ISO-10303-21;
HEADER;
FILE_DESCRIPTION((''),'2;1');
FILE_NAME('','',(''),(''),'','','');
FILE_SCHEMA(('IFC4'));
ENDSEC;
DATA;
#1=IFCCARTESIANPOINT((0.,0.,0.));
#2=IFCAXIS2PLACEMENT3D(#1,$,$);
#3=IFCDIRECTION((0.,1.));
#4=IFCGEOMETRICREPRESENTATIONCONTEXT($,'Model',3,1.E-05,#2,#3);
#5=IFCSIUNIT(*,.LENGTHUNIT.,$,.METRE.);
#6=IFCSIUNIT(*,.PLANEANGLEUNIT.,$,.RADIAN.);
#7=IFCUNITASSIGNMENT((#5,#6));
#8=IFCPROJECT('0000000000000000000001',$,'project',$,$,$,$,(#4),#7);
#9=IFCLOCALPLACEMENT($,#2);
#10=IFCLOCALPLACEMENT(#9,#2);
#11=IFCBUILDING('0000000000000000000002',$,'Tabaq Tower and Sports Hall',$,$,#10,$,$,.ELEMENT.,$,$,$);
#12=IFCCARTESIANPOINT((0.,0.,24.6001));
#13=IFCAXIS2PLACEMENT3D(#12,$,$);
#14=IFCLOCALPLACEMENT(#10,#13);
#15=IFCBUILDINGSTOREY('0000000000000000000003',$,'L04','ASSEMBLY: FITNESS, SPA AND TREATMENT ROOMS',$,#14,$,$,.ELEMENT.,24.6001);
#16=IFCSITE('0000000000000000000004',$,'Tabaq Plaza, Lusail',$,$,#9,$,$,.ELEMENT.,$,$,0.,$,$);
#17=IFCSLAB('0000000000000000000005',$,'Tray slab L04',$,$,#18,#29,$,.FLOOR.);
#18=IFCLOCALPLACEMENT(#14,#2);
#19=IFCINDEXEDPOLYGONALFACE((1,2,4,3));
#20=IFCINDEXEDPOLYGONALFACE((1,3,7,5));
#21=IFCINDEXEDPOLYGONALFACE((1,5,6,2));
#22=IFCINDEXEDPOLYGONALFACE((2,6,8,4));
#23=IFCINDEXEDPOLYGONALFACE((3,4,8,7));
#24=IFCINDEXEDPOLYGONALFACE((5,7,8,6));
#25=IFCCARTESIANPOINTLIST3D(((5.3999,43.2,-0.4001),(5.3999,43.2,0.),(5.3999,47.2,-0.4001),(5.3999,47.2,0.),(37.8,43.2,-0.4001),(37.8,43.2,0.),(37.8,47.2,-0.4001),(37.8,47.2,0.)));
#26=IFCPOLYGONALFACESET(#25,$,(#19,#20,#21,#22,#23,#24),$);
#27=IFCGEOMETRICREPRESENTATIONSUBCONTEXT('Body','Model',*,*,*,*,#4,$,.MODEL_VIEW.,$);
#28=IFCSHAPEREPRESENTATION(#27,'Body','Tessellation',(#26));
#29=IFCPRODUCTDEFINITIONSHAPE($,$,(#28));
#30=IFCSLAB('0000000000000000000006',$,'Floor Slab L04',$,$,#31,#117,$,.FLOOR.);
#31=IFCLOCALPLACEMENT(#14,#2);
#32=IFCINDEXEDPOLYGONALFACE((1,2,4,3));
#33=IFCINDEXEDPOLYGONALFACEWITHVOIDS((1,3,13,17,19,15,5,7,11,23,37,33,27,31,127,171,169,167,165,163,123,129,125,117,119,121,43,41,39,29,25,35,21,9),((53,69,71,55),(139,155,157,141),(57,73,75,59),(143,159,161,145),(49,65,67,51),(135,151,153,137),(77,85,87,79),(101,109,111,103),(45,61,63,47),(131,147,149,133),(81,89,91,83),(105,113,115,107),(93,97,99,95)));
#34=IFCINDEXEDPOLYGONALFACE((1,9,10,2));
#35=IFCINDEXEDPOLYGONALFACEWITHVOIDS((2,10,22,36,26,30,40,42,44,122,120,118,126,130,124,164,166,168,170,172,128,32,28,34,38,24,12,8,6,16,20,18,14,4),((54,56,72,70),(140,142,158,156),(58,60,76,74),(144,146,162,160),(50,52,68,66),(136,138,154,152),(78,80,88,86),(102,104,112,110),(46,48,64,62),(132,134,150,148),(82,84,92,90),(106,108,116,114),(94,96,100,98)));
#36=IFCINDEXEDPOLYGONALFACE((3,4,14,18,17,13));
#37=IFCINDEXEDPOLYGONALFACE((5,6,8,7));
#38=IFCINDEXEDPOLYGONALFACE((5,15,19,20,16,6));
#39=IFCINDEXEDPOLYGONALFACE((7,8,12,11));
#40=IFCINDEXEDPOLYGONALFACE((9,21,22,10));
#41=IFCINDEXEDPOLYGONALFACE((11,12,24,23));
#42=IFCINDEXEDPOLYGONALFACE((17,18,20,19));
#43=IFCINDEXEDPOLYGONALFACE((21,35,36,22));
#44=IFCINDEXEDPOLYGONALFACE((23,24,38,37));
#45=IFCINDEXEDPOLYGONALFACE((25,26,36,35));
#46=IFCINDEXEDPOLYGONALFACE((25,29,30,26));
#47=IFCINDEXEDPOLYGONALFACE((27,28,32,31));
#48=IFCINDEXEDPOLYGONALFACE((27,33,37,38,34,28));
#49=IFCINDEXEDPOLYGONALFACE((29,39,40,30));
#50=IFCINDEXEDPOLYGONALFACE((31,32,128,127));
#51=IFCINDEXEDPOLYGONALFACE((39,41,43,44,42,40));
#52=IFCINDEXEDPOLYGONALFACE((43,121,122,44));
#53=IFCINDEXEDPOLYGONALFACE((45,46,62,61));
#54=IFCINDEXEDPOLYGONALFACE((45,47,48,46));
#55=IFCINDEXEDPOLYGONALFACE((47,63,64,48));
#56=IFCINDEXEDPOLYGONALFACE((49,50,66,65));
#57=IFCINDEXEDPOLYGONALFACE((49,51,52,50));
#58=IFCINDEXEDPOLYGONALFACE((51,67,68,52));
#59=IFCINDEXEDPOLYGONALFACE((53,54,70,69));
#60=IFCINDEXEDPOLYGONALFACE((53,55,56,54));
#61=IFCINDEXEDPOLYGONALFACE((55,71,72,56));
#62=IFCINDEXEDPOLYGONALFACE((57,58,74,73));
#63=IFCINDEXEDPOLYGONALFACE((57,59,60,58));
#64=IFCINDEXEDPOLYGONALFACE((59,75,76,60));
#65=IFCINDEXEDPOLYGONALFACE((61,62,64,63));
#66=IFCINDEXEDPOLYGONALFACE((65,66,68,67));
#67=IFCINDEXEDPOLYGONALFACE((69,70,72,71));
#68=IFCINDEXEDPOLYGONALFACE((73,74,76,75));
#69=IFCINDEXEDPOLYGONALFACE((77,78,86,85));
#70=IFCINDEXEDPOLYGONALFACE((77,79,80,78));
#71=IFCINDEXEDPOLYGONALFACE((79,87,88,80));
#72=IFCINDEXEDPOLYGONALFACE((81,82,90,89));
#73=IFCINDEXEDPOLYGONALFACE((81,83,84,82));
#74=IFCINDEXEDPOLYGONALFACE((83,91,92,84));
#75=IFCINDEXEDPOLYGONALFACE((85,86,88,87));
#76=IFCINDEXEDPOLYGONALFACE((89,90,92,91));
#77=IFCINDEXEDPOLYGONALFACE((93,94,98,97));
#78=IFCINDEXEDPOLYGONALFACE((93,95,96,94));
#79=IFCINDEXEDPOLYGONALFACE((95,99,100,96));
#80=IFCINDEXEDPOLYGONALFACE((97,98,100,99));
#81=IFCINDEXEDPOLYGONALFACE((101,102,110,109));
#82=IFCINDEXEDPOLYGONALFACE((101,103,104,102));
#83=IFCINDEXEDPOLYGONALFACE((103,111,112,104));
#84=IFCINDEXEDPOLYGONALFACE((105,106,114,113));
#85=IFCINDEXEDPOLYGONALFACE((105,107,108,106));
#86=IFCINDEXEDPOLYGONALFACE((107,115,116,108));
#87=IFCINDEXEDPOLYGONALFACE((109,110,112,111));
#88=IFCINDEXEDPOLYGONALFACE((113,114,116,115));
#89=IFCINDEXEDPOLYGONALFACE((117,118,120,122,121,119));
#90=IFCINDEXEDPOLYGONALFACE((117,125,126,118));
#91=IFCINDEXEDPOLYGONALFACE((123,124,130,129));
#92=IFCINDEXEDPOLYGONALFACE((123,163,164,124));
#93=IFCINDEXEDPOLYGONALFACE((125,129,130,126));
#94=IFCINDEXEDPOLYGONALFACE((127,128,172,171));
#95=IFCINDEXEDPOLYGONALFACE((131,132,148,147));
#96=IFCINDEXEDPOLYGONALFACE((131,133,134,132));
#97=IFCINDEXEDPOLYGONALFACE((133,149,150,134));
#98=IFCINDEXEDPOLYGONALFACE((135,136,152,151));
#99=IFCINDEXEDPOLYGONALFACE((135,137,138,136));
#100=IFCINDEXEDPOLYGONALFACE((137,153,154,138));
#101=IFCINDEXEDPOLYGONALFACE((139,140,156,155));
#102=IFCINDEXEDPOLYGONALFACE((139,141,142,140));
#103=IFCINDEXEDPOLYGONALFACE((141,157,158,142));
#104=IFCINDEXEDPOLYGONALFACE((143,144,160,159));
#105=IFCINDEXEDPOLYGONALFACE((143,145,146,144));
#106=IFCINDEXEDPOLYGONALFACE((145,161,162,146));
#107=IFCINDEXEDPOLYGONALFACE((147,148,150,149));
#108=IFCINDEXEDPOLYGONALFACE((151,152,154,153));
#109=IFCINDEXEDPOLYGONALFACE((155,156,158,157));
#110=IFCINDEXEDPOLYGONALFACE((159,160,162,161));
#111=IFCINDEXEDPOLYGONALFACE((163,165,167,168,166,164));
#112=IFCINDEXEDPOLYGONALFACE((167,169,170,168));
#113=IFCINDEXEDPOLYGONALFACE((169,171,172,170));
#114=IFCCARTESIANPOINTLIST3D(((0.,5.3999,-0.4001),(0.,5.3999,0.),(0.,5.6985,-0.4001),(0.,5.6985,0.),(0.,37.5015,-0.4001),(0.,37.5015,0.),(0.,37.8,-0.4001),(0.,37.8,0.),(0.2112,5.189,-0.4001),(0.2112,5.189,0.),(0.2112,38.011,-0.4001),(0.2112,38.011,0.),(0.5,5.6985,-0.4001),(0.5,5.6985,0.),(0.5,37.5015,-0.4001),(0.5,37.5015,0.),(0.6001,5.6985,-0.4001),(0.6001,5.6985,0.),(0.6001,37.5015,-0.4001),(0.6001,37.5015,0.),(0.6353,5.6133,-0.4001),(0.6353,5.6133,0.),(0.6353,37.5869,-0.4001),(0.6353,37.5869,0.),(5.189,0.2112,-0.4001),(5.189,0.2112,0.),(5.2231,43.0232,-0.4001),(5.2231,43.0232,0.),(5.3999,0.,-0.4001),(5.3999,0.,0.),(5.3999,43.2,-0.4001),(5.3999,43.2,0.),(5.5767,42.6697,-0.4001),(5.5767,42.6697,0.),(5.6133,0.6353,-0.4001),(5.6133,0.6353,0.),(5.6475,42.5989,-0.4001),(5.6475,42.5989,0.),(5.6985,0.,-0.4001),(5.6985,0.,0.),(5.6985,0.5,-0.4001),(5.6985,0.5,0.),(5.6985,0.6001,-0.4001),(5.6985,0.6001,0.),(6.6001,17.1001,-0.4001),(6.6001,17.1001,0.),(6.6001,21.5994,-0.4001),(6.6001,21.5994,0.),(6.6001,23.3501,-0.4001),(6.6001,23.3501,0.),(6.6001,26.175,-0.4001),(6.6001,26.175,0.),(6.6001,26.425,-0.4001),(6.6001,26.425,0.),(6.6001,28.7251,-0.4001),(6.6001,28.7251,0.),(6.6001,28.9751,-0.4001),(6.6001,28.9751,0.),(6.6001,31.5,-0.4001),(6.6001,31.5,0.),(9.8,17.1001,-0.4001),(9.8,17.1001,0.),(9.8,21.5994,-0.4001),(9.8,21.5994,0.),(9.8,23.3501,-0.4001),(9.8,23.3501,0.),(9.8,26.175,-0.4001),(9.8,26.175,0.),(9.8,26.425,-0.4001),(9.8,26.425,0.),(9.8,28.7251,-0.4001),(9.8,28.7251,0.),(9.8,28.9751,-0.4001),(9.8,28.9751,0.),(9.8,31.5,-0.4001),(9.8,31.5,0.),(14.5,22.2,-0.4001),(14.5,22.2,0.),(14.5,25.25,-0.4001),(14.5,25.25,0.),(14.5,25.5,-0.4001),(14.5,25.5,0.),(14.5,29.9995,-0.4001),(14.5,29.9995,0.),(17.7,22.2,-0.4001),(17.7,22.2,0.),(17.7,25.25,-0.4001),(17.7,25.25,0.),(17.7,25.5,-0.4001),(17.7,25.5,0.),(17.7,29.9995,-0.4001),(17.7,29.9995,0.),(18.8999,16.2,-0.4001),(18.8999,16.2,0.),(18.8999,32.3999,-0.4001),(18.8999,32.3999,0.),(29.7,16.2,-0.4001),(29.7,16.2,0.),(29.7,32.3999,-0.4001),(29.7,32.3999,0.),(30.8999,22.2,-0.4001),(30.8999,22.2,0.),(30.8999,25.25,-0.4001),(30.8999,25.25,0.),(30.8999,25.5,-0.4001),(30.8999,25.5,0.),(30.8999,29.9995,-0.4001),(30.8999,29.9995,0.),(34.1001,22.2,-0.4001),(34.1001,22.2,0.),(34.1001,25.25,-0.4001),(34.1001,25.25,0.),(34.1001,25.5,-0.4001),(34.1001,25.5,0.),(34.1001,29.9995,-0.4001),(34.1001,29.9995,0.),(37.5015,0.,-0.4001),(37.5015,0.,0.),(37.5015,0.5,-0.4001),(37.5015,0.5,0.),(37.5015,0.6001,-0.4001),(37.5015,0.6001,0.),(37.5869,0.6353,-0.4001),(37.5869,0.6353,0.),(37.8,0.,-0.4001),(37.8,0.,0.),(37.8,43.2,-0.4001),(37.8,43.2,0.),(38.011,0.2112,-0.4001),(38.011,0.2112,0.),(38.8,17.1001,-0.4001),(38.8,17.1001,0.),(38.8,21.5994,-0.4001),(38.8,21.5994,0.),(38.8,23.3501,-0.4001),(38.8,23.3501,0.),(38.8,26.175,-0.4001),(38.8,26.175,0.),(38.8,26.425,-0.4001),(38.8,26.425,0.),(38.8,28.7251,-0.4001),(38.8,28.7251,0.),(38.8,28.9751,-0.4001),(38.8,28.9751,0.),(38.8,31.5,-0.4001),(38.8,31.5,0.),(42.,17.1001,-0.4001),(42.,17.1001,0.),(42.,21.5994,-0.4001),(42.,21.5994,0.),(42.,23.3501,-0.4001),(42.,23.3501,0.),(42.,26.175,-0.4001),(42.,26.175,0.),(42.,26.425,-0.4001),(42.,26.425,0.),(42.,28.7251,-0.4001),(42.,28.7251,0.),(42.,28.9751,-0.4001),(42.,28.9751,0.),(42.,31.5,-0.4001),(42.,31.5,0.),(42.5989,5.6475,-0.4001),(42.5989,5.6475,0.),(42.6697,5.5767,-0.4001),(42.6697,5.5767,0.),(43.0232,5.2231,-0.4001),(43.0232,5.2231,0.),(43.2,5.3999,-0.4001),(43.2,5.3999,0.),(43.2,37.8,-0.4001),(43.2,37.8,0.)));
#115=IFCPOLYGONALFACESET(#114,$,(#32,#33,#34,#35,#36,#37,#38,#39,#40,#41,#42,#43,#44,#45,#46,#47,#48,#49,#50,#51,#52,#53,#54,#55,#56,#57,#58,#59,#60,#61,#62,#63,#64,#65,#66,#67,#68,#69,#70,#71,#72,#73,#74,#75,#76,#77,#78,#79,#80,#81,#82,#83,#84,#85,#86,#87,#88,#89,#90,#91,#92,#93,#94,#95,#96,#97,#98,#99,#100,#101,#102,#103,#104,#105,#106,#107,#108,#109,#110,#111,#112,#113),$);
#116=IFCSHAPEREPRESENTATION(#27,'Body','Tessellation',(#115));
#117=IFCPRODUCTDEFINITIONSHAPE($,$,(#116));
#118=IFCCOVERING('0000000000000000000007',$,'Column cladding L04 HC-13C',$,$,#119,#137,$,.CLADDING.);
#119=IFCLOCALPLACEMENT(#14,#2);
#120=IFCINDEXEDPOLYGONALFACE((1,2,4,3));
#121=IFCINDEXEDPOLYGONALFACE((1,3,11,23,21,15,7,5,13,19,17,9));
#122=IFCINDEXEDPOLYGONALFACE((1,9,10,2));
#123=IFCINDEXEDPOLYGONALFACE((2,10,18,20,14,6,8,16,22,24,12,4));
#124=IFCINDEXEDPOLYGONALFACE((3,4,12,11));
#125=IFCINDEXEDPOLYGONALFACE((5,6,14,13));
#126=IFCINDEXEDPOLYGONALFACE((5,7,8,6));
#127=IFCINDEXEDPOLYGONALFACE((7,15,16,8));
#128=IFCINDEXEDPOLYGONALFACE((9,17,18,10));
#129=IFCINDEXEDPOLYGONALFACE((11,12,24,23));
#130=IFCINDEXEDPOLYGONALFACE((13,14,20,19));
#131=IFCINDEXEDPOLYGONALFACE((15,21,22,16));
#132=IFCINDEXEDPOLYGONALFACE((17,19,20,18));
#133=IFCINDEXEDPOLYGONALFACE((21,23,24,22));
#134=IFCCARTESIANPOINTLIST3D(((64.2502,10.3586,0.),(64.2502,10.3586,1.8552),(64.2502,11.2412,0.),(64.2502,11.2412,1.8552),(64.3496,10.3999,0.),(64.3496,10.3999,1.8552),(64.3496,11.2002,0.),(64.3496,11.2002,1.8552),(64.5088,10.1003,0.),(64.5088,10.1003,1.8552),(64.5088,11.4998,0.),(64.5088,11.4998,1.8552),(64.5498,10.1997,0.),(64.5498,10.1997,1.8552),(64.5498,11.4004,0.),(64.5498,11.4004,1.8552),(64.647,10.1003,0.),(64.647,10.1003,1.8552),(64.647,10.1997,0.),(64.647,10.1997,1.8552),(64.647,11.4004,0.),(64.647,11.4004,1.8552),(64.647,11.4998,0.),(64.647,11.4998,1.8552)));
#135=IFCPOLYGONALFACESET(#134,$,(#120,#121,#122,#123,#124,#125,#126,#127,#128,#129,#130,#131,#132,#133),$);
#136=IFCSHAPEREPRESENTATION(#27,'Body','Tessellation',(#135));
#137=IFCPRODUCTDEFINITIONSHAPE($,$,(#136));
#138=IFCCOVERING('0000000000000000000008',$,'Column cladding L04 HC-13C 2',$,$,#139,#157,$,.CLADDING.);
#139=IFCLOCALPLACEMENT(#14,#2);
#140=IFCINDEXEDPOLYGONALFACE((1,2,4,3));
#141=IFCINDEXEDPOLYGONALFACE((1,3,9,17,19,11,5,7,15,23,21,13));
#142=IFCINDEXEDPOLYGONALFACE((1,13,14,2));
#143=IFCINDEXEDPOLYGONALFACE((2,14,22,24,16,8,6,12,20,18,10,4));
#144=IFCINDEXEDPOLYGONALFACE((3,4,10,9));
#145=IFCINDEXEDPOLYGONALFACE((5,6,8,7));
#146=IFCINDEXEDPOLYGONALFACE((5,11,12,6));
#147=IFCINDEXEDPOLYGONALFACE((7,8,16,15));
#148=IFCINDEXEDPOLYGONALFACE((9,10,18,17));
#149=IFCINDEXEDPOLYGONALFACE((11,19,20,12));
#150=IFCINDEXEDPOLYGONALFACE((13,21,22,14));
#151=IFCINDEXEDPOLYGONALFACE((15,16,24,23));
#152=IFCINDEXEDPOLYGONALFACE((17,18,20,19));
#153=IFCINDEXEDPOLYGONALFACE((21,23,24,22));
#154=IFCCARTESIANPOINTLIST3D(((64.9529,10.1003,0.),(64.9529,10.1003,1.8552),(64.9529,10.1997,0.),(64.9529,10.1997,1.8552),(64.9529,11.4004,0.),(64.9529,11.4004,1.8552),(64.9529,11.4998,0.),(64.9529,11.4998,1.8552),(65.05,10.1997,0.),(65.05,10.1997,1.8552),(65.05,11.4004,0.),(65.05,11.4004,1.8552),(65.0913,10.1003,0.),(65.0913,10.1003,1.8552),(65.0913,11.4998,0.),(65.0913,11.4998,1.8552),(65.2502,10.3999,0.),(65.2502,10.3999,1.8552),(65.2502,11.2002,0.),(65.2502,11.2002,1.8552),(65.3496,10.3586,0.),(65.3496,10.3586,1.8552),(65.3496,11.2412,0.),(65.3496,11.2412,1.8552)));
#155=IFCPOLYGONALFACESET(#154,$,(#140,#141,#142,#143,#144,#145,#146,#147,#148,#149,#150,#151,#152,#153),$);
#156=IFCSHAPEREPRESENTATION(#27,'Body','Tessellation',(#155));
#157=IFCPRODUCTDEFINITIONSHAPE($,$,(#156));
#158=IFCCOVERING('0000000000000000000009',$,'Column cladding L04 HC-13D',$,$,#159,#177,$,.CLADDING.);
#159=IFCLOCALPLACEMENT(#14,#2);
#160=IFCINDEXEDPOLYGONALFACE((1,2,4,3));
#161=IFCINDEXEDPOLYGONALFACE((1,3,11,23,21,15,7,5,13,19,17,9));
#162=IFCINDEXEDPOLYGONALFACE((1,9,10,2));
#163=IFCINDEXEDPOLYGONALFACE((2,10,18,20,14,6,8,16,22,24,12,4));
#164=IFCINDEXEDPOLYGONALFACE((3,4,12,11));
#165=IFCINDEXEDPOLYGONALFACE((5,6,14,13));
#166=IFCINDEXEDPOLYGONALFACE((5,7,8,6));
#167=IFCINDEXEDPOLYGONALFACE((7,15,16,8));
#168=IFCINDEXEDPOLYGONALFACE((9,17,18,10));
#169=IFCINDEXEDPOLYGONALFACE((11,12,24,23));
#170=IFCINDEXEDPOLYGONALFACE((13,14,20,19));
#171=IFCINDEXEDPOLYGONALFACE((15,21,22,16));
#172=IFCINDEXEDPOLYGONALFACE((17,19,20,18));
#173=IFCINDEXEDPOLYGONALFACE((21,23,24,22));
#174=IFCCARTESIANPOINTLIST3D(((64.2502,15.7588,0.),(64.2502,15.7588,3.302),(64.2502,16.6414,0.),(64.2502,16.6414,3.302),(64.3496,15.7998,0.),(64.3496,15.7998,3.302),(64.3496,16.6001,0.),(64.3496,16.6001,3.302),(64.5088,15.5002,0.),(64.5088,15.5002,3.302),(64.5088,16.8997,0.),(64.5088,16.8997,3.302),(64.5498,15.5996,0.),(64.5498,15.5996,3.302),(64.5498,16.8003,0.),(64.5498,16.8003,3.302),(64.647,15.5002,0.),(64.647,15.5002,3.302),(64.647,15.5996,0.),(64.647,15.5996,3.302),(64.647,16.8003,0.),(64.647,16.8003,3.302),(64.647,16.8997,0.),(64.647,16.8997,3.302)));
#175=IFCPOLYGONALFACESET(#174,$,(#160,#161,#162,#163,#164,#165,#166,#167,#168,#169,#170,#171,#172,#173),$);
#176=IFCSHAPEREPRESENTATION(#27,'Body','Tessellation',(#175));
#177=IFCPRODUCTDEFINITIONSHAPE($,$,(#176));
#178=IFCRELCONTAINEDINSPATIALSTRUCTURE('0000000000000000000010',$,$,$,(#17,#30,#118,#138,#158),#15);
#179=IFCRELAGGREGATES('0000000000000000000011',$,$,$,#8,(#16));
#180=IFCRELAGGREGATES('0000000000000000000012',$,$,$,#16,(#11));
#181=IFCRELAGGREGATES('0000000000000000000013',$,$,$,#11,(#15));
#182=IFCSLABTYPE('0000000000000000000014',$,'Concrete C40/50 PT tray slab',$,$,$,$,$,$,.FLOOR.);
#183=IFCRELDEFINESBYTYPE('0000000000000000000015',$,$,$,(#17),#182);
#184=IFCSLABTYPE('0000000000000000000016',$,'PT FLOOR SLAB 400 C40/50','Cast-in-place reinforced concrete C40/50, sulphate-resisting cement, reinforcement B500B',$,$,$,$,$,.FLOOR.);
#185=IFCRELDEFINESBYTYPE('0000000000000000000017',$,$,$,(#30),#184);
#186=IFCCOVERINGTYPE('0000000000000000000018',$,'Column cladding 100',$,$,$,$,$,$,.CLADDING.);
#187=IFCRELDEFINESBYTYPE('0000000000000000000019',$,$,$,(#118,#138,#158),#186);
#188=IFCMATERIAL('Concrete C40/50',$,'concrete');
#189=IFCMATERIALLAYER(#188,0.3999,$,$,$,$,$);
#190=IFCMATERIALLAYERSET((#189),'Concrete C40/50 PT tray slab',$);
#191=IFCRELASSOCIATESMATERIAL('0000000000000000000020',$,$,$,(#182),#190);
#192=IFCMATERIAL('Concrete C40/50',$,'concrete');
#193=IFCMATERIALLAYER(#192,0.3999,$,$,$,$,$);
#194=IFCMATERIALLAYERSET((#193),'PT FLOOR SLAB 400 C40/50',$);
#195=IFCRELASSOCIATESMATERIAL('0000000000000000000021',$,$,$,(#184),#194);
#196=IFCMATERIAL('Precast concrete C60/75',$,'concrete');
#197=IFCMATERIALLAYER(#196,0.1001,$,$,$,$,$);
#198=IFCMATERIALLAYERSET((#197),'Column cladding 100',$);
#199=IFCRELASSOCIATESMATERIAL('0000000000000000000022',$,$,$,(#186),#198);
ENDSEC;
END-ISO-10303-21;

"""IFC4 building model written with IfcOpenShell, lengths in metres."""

from ifc_helpers import new_model, si_unit, direction, frame, origin, place, context, subcontext, project, spatial, polyline, outline, extrude, material, layer, layer_set, type_object, element, save


model = new_model("IFC4")

# Units and contexts
model_context = context("Model", 3, precision=1e-05, world=origin(), true_north=direction((0.0, 1.0)))
body_context = subcontext(model_context, "Body", "Model", "MODEL_VIEW")
ifc_project = project(units=[si_unit("LENGTHUNIT", "METRE"), si_unit("PLANEANGLEUNIT", "RADIAN")], contexts=[model_context])

# Site, building, storey
site_placement = place(None, origin())
site = spatial("IfcSite", under=ifc_project, at=site_placement, Name="Tabaq Plaza, Lusail", CompositionType="ELEMENT", RefElevation=0.0)
building_placement = place(site_placement, origin())
building = spatial("IfcBuilding", under=site, at=building_placement, Name="Tabaq Tower and Sports Hall", CompositionType="ELEMENT")
storey_placement = place(building_placement, frame((0.0, 0.0, 24.6001)))
storey = spatial("IfcBuildingStorey", under=building, at=storey_placement, Name="L04", Description="ASSEMBLY: FITNESS, SPA AND TREATMENT ROOMS", CompositionType="ELEMENT", Elevation=24.6001)

# Slabs
ifc_material_1 = material(Name="Concrete C40/50", Category="concrete")
ifc_layer_1 = layer(ifc_material_1, 0.3999)
ifc_layer_set_1 = layer_set([ifc_layer_1], Name="Concrete C40/50 PT tray slab")
slab_type_1 = type_object("IfcSlabType", Name="Concrete C40/50 PT tray slab", PredefinedType="FLOOR", material=ifc_layer_set_1)
slab_1_placement = place(storey_placement, frame((0.0, 0.0, -0.4001)))
element("IfcSlab", 1, at=slab_1_placement, inside=storey, type_object=slab_type_1, Name="Tray slab L04", PredefinedType="FLOOR", context=body_context, shape_type="SweptSolid", body=[
    extrude(outline(polyline([(37.8, 43.2), (5.3999, 43.2), (5.3999, 47.2), (37.8, 47.2), (37.8, 43.2)])), origin(), (0.0, 0.0, 1.0), 0.4001),
])
ifc_material_2 = material(Name="Concrete C40/50", Category="concrete")
ifc_layer_2 = layer(ifc_material_2, 0.3999)
ifc_layer_set_2 = layer_set([ifc_layer_2], Name="PT FLOOR SLAB 400 C40/50")
slab_type_2 = type_object("IfcSlabType", Name="PT FLOOR SLAB 400 C40/50", Description="Cast-in-place reinforced concrete C40/50, sulphate-resisting cement, reinforcement B500B", PredefinedType="FLOOR", material=ifc_layer_set_2)
slab_2_placement = place(storey_placement, frame((0.0, 0.0, -0.4001)))
element("IfcSlab", 2, at=slab_2_placement, inside=storey, type_object=slab_type_2, Name="Floor Slab L04", PredefinedType="FLOOR", context=body_context, shape_type="SweptSolid", body=[
    extrude(outline(polyline([(0.0, 5.6985), (0.0, 5.3999), (0.2112, 5.189), (0.6353, 5.6133), (5.6133, 0.6353), (5.189, 0.2112), (5.3999, 0.0), (5.6985, 0.0), (5.6985, 0.5), (5.6985, 0.6001), (37.5015, 0.6001), (37.5015, 0.5), (37.5015, 0.0), (37.8, 0.0), (38.011, 0.2112), (37.5869, 0.6353), (42.5989, 5.6475), (42.6697, 5.5767), (43.0232, 5.2231), (43.2, 5.3999), (43.2, 37.8), (37.8, 43.2), (5.3999, 43.2), (5.2231, 43.0232), (5.5767, 42.6697), (5.6475, 42.5989), (0.6353, 37.5869), (0.2112, 38.011), (0.0, 37.8), (0.0, 37.5015), (0.5, 37.5015), (0.6001, 37.5015), (0.6001, 5.6985), (0.5, 5.6985), (0.0, 5.6985)]), holes=[polyline([(6.6001, 21.5994), (9.8, 21.5994), (9.8, 17.1001), (6.6001, 17.1001), (6.6001, 21.5994)]), polyline([(17.7, 25.25), (17.7, 22.2), (14.5, 22.2), (14.5, 25.25), (17.7, 25.25)]), polyline([(18.8999, 32.3999), (29.7, 32.3999), (29.7, 16.2), (18.8999, 16.2), (18.8999, 32.3999)]), polyline([(6.6001, 26.175), (9.8, 26.175), (9.8, 23.3501), (6.6001, 23.3501), (6.6001, 26.175)]), polyline([(9.8, 28.7251), (9.8, 26.425), (6.6001, 26.425), (6.6001, 28.7251), (9.8, 28.7251)]), polyline([(17.7, 29.9995), (17.7, 25.5), (14.5, 25.5), (14.5, 29.9995), (17.7, 29.9995)]), polyline([(6.6001, 31.5), (9.8, 31.5), (9.8, 28.9751), (6.6001, 28.9751), (6.6001, 31.5)]), polyline([(42.0, 21.5994), (42.0, 17.1001), (38.8, 17.1001), (38.8, 21.5994), (42.0, 21.5994)]), polyline([(34.1001, 25.25), (34.1001, 22.2), (30.8999, 22.2), (30.8999, 25.25), (34.1001, 25.25)]), polyline([(42.0, 26.175), (42.0, 23.3501), (38.8, 23.3501), (38.8, 26.175), (42.0, 26.175)]), polyline([(42.0, 28.7251), (42.0, 26.425), (38.8, 26.425), (38.8, 28.7251), (42.0, 28.7251)]), polyline([(34.1001, 29.9995), (34.1001, 25.5), (30.8999, 25.5), (30.8999, 29.9995), (34.1001, 29.9995)]), polyline([(42.0, 31.5), (42.0, 28.9751), (38.8, 28.9751), (38.8, 31.5), (42.0, 31.5)])]), origin(), (0.0, 0.0, 1.0), 0.4001),
])

# Coverings
ifc_material_3 = material(Name="Precast concrete C60/75", Category="concrete")
ifc_layer_3 = layer(ifc_material_3, 0.1001)
ifc_layer_set_3 = layer_set([ifc_layer_3], Name="Column cladding 100")
covering_type = type_object("IfcCoveringType", Name="Column cladding 100", PredefinedType="CLADDING", material=ifc_layer_set_3)
covering_1_placement = place(storey_placement, origin())
element("IfcCovering", 3, at=covering_1_placement, inside=storey, type_object=covering_type, Name="Column cladding L04 HC-13C", PredefinedType="CLADDING", context=body_context, shape_type="SweptSolid", body=[
    extrude(outline(polyline([(64.5088, 10.1003), (64.2502, 10.3586), (64.2502, 11.2412), (64.5088, 11.4998), (64.647, 11.4998), (64.647, 11.4004), (64.5498, 11.4004), (64.3496, 11.2002), (64.3496, 10.3999), (64.5498, 10.1997), (64.647, 10.1997), (64.647, 10.1003), (64.5088, 10.1003)])), origin(), (0.0, 0.0, 1.0), 1.8552),
])
covering_2_placement = place(storey_placement, origin())
element("IfcCovering", 4, at=covering_2_placement, inside=storey, type_object=covering_type, Name="Column cladding L04 HC-13C 2", PredefinedType="CLADDING", context=body_context, shape_type="SweptSolid", body=[
    extrude(outline(polyline([(64.9529, 10.1003), (64.9529, 10.1997), (65.05, 10.1997), (65.2502, 10.3999), (65.2502, 11.2002), (65.05, 11.4004), (64.9529, 11.4004), (64.9529, 11.4998), (65.0913, 11.4998), (65.3496, 11.2412), (65.3496, 10.3586), (65.0913, 10.1003), (64.9529, 10.1003)])), origin(), (0.0, 0.0, 1.0), 1.8552),
])
covering_3_placement = place(storey_placement, origin())
element("IfcCovering", 5, at=covering_3_placement, inside=storey, type_object=covering_type, Name="Column cladding L04 HC-13D", PredefinedType="CLADDING", context=body_context, shape_type="SweptSolid", body=[
    extrude(outline(polyline([(64.5088, 15.5002), (64.2502, 15.7588), (64.2502, 16.6414), (64.5088, 16.8997), (64.647, 16.8997), (64.647, 16.8003), (64.5498, 16.8003), (64.3496, 16.6001), (64.3496, 15.7998), (64.5498, 15.5996), (64.647, 15.5996), (64.647, 15.5002), (64.5088, 15.5002)])), origin(), (0.0, 0.0, 1.0), 3.302),
])

save(model, "model.ifc")
